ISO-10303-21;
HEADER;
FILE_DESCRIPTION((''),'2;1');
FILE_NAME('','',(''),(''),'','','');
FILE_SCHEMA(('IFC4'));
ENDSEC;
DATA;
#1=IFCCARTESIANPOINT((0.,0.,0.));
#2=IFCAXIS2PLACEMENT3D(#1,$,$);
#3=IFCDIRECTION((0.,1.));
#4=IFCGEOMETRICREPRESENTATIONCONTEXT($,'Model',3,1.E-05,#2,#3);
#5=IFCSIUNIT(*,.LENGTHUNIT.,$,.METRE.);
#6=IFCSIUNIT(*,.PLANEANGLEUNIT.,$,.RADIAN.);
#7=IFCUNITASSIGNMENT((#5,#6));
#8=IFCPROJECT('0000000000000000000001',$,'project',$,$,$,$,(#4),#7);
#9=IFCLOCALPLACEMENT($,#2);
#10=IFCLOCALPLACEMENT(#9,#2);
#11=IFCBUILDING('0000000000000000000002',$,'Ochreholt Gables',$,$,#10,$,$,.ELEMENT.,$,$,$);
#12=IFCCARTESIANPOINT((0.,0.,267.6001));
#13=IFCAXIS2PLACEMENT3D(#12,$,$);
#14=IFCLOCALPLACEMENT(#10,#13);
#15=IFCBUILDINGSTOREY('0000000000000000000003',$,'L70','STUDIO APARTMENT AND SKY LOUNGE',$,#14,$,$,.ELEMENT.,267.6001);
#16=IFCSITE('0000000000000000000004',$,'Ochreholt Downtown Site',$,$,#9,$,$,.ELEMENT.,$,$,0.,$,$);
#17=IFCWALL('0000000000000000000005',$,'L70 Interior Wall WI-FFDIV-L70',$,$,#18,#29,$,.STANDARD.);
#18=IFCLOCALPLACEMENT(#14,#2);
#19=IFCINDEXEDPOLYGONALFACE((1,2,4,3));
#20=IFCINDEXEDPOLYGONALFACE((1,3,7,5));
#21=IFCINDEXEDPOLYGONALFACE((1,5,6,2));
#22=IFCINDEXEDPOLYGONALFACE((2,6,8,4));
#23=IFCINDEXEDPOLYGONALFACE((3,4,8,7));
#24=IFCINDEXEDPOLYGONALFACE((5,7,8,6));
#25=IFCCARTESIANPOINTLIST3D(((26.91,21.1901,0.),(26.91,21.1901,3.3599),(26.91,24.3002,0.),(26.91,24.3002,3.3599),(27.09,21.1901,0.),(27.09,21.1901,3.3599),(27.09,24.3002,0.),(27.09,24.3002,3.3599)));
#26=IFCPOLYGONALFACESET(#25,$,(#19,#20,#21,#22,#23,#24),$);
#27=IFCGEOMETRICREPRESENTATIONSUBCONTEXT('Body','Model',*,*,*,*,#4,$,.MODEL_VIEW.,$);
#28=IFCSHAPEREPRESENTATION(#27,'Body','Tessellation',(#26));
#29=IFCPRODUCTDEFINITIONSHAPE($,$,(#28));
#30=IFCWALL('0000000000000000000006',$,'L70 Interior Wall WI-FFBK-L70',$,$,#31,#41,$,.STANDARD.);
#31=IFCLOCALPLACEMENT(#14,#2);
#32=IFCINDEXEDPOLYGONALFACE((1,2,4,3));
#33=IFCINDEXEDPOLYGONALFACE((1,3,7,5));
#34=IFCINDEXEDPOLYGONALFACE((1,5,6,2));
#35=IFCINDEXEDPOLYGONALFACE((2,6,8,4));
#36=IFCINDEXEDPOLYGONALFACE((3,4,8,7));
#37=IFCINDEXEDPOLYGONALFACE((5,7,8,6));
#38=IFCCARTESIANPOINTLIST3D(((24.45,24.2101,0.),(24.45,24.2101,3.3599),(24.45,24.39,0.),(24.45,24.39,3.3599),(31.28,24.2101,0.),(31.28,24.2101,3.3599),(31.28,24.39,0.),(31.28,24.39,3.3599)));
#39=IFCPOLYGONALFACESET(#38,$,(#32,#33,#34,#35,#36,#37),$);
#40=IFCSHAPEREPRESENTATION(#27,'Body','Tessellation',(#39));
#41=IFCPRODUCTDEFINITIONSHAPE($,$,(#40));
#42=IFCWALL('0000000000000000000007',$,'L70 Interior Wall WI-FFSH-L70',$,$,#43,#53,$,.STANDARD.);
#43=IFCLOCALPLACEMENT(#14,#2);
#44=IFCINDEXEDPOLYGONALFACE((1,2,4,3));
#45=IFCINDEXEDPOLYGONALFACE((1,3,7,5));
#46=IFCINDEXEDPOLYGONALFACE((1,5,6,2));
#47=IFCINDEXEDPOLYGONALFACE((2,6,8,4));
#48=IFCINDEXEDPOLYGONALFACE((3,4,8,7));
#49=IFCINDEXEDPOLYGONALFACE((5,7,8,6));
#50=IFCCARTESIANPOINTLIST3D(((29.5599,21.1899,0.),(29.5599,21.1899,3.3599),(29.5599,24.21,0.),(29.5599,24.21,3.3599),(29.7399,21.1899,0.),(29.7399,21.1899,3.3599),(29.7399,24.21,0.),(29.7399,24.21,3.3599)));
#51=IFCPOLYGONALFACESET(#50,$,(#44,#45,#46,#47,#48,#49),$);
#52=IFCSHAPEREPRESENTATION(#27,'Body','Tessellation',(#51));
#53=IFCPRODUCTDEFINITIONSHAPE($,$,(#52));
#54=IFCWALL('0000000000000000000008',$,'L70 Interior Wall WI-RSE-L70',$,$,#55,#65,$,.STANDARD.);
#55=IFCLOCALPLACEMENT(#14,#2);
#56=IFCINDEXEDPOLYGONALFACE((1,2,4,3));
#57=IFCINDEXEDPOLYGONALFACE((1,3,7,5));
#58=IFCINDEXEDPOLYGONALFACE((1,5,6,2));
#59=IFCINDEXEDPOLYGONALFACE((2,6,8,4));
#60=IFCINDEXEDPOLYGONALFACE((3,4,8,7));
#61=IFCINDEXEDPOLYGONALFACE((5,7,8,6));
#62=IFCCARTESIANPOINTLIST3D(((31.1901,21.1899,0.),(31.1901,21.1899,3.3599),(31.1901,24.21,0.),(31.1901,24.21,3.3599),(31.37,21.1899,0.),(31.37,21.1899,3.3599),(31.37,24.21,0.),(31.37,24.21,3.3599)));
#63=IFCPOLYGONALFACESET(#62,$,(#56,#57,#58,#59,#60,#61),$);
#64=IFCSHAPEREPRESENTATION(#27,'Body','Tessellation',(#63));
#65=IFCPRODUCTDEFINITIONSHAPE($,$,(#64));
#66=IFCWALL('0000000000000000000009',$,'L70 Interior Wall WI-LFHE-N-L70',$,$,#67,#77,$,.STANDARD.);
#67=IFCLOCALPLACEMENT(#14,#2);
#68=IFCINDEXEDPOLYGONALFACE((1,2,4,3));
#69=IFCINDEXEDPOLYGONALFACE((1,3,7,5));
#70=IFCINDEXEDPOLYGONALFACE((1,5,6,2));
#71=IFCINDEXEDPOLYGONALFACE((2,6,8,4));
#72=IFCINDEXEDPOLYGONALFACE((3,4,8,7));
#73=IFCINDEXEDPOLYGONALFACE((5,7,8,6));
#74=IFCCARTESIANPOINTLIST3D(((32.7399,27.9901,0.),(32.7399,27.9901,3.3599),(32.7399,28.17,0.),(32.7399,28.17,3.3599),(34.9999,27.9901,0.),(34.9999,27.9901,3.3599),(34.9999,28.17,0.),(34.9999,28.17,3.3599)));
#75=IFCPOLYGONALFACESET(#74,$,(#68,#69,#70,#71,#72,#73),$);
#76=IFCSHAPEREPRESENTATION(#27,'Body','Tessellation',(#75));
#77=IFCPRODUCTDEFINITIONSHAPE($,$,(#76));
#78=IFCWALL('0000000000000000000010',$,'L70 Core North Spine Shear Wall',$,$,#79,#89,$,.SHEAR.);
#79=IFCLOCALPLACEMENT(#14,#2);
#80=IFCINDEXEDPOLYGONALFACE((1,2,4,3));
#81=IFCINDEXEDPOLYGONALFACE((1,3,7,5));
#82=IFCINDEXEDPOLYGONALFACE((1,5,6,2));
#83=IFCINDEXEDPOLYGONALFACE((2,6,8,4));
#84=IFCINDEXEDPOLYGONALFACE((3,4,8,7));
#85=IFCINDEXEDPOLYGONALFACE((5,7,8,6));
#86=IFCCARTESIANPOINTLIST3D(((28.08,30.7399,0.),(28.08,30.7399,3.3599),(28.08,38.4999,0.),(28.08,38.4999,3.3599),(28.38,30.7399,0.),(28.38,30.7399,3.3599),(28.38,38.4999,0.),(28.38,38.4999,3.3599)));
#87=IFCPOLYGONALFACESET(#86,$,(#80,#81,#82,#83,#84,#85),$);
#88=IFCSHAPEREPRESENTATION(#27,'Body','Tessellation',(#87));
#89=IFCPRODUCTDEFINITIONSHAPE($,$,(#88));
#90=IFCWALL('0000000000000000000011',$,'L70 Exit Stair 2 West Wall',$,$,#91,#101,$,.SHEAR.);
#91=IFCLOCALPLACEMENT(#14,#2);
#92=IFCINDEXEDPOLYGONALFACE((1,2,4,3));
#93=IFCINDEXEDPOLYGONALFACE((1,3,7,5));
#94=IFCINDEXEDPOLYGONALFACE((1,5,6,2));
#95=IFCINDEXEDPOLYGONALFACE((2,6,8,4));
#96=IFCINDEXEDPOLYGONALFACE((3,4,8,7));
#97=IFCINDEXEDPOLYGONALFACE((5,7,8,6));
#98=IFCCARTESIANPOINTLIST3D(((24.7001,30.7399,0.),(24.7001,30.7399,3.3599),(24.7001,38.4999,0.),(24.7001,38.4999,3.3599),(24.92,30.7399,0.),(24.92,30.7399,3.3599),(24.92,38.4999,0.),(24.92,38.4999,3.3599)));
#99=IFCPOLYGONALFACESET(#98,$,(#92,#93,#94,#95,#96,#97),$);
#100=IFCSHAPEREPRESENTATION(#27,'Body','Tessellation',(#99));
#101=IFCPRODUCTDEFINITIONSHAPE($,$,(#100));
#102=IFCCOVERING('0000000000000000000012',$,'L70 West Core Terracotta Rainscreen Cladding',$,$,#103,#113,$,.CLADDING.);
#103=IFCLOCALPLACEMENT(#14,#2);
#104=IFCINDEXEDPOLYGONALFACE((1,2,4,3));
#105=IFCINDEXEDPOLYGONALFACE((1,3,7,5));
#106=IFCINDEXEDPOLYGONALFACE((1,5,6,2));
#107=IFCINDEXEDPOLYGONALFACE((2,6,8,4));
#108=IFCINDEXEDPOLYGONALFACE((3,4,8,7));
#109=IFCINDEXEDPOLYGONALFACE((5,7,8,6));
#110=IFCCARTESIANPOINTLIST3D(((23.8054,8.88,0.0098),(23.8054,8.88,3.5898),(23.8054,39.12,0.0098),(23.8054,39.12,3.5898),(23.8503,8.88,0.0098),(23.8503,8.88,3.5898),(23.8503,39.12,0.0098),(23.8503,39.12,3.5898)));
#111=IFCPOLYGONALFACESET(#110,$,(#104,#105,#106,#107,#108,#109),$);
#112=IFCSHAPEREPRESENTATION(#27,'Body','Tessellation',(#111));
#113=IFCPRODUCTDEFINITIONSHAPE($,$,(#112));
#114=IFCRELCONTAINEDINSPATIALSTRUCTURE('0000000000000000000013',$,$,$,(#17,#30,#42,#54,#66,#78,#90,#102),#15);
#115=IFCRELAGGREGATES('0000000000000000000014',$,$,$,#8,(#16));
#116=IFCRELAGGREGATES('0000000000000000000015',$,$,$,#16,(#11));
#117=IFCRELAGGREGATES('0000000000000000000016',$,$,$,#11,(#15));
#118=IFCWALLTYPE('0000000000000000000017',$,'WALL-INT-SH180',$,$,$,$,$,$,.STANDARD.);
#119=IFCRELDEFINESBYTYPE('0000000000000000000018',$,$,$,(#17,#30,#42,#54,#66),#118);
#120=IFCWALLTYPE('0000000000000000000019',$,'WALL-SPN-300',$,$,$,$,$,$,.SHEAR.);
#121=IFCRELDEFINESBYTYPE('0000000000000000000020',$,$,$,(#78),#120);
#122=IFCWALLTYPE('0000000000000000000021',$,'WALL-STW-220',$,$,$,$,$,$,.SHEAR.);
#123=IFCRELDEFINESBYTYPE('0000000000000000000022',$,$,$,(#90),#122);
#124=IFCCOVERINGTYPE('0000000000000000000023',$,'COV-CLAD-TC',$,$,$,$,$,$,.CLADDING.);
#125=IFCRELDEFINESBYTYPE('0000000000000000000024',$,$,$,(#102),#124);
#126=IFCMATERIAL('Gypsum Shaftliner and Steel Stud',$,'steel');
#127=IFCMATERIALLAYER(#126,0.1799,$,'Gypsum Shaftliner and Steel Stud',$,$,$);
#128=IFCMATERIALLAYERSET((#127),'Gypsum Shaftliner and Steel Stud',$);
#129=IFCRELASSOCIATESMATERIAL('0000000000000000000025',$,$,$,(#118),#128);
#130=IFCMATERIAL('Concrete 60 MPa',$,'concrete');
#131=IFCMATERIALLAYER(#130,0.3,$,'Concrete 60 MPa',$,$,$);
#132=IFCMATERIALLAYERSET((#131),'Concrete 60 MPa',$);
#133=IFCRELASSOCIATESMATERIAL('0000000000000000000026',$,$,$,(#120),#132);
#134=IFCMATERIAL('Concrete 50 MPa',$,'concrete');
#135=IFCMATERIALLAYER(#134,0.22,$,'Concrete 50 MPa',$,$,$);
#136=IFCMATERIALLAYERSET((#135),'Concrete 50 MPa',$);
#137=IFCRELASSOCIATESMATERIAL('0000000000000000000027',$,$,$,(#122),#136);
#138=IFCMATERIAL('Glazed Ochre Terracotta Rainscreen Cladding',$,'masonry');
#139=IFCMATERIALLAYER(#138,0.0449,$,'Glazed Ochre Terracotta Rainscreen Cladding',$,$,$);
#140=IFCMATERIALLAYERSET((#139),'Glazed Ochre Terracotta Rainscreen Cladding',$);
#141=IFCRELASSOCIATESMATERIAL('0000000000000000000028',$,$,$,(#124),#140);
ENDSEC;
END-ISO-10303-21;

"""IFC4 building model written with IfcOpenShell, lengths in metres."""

from ifc_helpers import new_model, si_unit, direction, frame, frame_2d, origin, origin_2d, place, context, subcontext, project, spatial, rectangle, extrude, material, layer, layer_set, type_object, element, save


model = new_model("IFC4")

# Units and contexts
model_context = context("Model", 3, precision=1e-05, world=origin(), true_north=direction((0.0, 1.0)))
body_context = subcontext(model_context, "Body", "Model", "MODEL_VIEW")
ifc_project = project(units=[si_unit("LENGTHUNIT", "METRE"), si_unit("PLANEANGLEUNIT", "RADIAN")], contexts=[model_context])

# Site, building, storey
site_placement = place(None, origin())
site = spatial("IfcSite", under=ifc_project, at=site_placement, Name="Ochreholt Downtown Site", CompositionType="ELEMENT", RefElevation=0.0)
building_placement = place(site_placement, origin())
building = spatial("IfcBuilding", under=site, at=building_placement, Name="Ochreholt Gables", CompositionType="ELEMENT")
storey_placement = place(building_placement, frame((0.0, 0.0, 267.6001)))
storey = spatial("IfcBuildingStorey", under=building, at=storey_placement, Name="L70", Description="STUDIO APARTMENT AND SKY LOUNGE", CompositionType="ELEMENT", Elevation=267.6001)

# Shared definitions
ifc_material_1 = material(Name="Concrete 50 MPa", Category="concrete")

# Walls
ifc_material_2 = material(Name="Gypsum Shaftliner and Steel Stud", Category="steel")
ifc_layer_1 = layer(ifc_material_2, 0.1799, Name="Gypsum Shaftliner and Steel Stud")
ifc_layer_set_1 = layer_set([ifc_layer_1], Name="Gypsum Shaftliner and Steel Stud")
wall_type_1 = type_object("IfcWallType", Name="WALL-INT-SH180", PredefinedType="STANDARD", material=ifc_layer_set_1)
wall_1_placement = place(storey_placement, frame((27.0, 21.1899, 0.0), z_axis=(0.0, 0.0, 1.0), x_axis=(0.0, 1.0, 0.0)))
element("IfcWall", 1, at=wall_1_placement, inside=storey, type_object=wall_type_1, Name="L70 Interior Wall WI-FFDIV-L70", PredefinedType="STANDARD", context=body_context, shape_type="SweptSolid", body=[
    extrude(rectangle(XDim=3.1101, YDim=0.1799, at=frame_2d((1.5552, 0.0))), origin(), (0.0, 0.0, 1.0), 3.3599),
])
wall_2_placement = place(storey_placement, frame((24.45, 24.3, 0.0), z_axis=(0.0, 0.0, 1.0), x_axis=(1.0, 0.0, 0.0)))
element("IfcWall", 2, at=wall_2_placement, inside=storey, type_object=wall_type_1, Name="L70 Interior Wall WI-FFBK-L70", PredefinedType="STANDARD", context=body_context, shape_type="SweptSolid", body=[
    extrude(rectangle(XDim=6.8301, YDim=0.1799, at=frame_2d((3.415, 0.0))), origin(), (0.0, 0.0, 1.0), 3.3599),
])
for number, where, z_axis, x_axis, name in (
    (3, (29.6499, 21.1899, 0.0), (0.0, 0.0, 1.0), (0.0, 1.0, 0.0), "L70 Interior Wall WI-FFSH-L70"),
    (4, (31.28, 21.1899, 0.0), (0.0, 0.0, 1.0), (0.0, 1.0, 0.0), "L70 Interior Wall WI-RSE-L70"),
):
    element("IfcWall", number, at=place(storey_placement, frame(where, z_axis=z_axis, x_axis=x_axis)), inside=storey, type_object=wall_type_1, Name=name, PredefinedType="STANDARD", context=body_context, shape_type="SweptSolid", body=[
        extrude(rectangle(XDim=3.02, YDim=0.1799, at=frame_2d((1.51, 0.0))), origin(), (0.0, 0.0, 1.0), 3.3599),
    ])
wall_3_placement = place(storey_placement, frame((32.74, 28.0801, 0.0), z_axis=(0.0, 0.0, 1.0), x_axis=(1.0, 0.0, 0.0)))
element("IfcWall", 5, at=wall_3_placement, inside=storey, type_object=wall_type_1, Name="L70 Interior Wall WI-LFHE-N-L70", PredefinedType="STANDARD", context=body_context, shape_type="SweptSolid", body=[
    extrude(rectangle(XDim=2.26, YDim=0.1799, at=frame_2d((1.1299, 0.0))), origin(), (0.0, 0.0, 1.0), 3.3599),
])
ifc_material_3 = material(Name="Concrete 60 MPa", Category="concrete")
ifc_layer_2 = layer(ifc_material_3, 0.3, Name="Concrete 60 MPa")
ifc_layer_set_2 = layer_set([ifc_layer_2], Name="Concrete 60 MPa")
wall_type_2 = type_object("IfcWallType", Name="WALL-SPN-300", PredefinedType="SHEAR", material=ifc_layer_set_2)
wall_4_placement = place(storey_placement, frame((28.23, 30.74, 0.0), z_axis=(0.0, 0.0, 1.0), x_axis=(0.0, 1.0, 0.0)))
element("IfcWall", 6, at=wall_4_placement, inside=storey, type_object=wall_type_2, Name="L70 Core North Spine Shear Wall", PredefinedType="SHEAR", context=body_context, shape_type="SweptSolid", body=[
    extrude(rectangle(XDim=7.76, YDim=0.3, at=frame_2d((3.8799, 0.0))), origin(), (0.0, 0.0, 1.0), 3.3599),
])
ifc_layer_3 = layer(ifc_material_1, 0.22, Name="Concrete 50 MPa")
ifc_layer_set_3 = layer_set([ifc_layer_3], Name="Concrete 50 MPa")
wall_type_3 = type_object("IfcWallType", Name="WALL-STW-220", PredefinedType="SHEAR", material=ifc_layer_set_3)
wall_5_placement = place(storey_placement, frame((24.8101, 30.74, 0.0), z_axis=(0.0, 0.0, 1.0), x_axis=(0.0, 1.0, 0.0)))
element("IfcWall", 7, at=wall_5_placement, inside=storey, type_object=wall_type_3, Name="L70 Exit Stair 2 West Wall", PredefinedType="SHEAR", context=body_context, shape_type="SweptSolid", body=[
    extrude(rectangle(XDim=7.76, YDim=0.22, at=frame_2d((3.8799, 0.0))), origin(), (0.0, 0.0, 1.0), 3.3599),
])

# Covering
ifc_material_4 = material(Name="Glazed Ochre Terracotta Rainscreen Cladding", Category="masonry")
ifc_layer_4 = layer(ifc_material_4, 0.0449, Name="Glazed Ochre Terracotta Rainscreen Cladding")
ifc_layer_set_4 = layer_set([ifc_layer_4], Name="Glazed Ochre Terracotta Rainscreen Cladding")
covering_type = type_object("IfcCoveringType", Name="COV-CLAD-TC", PredefinedType="CLADDING", material=ifc_layer_set_4)
covering_placement = place(storey_placement, frame((23.8279, 24.0, 0.0098), z_axis=(0.0, 0.0, 1.0), x_axis=(0.0, 1.0, 0.0)))
element("IfcCovering", 8, at=covering_placement, inside=storey, type_object=covering_type, Name="L70 West Core Terracotta Rainscreen Cladding", PredefinedType="CLADDING", context=body_context, shape_type="SweptSolid", body=[
    extrude(rectangle(XDim=30.24, YDim=0.0449, at=origin_2d()), origin(), (0.0, 0.0, 1.0), 3.5801),
])

save(model, "model.ifc")
